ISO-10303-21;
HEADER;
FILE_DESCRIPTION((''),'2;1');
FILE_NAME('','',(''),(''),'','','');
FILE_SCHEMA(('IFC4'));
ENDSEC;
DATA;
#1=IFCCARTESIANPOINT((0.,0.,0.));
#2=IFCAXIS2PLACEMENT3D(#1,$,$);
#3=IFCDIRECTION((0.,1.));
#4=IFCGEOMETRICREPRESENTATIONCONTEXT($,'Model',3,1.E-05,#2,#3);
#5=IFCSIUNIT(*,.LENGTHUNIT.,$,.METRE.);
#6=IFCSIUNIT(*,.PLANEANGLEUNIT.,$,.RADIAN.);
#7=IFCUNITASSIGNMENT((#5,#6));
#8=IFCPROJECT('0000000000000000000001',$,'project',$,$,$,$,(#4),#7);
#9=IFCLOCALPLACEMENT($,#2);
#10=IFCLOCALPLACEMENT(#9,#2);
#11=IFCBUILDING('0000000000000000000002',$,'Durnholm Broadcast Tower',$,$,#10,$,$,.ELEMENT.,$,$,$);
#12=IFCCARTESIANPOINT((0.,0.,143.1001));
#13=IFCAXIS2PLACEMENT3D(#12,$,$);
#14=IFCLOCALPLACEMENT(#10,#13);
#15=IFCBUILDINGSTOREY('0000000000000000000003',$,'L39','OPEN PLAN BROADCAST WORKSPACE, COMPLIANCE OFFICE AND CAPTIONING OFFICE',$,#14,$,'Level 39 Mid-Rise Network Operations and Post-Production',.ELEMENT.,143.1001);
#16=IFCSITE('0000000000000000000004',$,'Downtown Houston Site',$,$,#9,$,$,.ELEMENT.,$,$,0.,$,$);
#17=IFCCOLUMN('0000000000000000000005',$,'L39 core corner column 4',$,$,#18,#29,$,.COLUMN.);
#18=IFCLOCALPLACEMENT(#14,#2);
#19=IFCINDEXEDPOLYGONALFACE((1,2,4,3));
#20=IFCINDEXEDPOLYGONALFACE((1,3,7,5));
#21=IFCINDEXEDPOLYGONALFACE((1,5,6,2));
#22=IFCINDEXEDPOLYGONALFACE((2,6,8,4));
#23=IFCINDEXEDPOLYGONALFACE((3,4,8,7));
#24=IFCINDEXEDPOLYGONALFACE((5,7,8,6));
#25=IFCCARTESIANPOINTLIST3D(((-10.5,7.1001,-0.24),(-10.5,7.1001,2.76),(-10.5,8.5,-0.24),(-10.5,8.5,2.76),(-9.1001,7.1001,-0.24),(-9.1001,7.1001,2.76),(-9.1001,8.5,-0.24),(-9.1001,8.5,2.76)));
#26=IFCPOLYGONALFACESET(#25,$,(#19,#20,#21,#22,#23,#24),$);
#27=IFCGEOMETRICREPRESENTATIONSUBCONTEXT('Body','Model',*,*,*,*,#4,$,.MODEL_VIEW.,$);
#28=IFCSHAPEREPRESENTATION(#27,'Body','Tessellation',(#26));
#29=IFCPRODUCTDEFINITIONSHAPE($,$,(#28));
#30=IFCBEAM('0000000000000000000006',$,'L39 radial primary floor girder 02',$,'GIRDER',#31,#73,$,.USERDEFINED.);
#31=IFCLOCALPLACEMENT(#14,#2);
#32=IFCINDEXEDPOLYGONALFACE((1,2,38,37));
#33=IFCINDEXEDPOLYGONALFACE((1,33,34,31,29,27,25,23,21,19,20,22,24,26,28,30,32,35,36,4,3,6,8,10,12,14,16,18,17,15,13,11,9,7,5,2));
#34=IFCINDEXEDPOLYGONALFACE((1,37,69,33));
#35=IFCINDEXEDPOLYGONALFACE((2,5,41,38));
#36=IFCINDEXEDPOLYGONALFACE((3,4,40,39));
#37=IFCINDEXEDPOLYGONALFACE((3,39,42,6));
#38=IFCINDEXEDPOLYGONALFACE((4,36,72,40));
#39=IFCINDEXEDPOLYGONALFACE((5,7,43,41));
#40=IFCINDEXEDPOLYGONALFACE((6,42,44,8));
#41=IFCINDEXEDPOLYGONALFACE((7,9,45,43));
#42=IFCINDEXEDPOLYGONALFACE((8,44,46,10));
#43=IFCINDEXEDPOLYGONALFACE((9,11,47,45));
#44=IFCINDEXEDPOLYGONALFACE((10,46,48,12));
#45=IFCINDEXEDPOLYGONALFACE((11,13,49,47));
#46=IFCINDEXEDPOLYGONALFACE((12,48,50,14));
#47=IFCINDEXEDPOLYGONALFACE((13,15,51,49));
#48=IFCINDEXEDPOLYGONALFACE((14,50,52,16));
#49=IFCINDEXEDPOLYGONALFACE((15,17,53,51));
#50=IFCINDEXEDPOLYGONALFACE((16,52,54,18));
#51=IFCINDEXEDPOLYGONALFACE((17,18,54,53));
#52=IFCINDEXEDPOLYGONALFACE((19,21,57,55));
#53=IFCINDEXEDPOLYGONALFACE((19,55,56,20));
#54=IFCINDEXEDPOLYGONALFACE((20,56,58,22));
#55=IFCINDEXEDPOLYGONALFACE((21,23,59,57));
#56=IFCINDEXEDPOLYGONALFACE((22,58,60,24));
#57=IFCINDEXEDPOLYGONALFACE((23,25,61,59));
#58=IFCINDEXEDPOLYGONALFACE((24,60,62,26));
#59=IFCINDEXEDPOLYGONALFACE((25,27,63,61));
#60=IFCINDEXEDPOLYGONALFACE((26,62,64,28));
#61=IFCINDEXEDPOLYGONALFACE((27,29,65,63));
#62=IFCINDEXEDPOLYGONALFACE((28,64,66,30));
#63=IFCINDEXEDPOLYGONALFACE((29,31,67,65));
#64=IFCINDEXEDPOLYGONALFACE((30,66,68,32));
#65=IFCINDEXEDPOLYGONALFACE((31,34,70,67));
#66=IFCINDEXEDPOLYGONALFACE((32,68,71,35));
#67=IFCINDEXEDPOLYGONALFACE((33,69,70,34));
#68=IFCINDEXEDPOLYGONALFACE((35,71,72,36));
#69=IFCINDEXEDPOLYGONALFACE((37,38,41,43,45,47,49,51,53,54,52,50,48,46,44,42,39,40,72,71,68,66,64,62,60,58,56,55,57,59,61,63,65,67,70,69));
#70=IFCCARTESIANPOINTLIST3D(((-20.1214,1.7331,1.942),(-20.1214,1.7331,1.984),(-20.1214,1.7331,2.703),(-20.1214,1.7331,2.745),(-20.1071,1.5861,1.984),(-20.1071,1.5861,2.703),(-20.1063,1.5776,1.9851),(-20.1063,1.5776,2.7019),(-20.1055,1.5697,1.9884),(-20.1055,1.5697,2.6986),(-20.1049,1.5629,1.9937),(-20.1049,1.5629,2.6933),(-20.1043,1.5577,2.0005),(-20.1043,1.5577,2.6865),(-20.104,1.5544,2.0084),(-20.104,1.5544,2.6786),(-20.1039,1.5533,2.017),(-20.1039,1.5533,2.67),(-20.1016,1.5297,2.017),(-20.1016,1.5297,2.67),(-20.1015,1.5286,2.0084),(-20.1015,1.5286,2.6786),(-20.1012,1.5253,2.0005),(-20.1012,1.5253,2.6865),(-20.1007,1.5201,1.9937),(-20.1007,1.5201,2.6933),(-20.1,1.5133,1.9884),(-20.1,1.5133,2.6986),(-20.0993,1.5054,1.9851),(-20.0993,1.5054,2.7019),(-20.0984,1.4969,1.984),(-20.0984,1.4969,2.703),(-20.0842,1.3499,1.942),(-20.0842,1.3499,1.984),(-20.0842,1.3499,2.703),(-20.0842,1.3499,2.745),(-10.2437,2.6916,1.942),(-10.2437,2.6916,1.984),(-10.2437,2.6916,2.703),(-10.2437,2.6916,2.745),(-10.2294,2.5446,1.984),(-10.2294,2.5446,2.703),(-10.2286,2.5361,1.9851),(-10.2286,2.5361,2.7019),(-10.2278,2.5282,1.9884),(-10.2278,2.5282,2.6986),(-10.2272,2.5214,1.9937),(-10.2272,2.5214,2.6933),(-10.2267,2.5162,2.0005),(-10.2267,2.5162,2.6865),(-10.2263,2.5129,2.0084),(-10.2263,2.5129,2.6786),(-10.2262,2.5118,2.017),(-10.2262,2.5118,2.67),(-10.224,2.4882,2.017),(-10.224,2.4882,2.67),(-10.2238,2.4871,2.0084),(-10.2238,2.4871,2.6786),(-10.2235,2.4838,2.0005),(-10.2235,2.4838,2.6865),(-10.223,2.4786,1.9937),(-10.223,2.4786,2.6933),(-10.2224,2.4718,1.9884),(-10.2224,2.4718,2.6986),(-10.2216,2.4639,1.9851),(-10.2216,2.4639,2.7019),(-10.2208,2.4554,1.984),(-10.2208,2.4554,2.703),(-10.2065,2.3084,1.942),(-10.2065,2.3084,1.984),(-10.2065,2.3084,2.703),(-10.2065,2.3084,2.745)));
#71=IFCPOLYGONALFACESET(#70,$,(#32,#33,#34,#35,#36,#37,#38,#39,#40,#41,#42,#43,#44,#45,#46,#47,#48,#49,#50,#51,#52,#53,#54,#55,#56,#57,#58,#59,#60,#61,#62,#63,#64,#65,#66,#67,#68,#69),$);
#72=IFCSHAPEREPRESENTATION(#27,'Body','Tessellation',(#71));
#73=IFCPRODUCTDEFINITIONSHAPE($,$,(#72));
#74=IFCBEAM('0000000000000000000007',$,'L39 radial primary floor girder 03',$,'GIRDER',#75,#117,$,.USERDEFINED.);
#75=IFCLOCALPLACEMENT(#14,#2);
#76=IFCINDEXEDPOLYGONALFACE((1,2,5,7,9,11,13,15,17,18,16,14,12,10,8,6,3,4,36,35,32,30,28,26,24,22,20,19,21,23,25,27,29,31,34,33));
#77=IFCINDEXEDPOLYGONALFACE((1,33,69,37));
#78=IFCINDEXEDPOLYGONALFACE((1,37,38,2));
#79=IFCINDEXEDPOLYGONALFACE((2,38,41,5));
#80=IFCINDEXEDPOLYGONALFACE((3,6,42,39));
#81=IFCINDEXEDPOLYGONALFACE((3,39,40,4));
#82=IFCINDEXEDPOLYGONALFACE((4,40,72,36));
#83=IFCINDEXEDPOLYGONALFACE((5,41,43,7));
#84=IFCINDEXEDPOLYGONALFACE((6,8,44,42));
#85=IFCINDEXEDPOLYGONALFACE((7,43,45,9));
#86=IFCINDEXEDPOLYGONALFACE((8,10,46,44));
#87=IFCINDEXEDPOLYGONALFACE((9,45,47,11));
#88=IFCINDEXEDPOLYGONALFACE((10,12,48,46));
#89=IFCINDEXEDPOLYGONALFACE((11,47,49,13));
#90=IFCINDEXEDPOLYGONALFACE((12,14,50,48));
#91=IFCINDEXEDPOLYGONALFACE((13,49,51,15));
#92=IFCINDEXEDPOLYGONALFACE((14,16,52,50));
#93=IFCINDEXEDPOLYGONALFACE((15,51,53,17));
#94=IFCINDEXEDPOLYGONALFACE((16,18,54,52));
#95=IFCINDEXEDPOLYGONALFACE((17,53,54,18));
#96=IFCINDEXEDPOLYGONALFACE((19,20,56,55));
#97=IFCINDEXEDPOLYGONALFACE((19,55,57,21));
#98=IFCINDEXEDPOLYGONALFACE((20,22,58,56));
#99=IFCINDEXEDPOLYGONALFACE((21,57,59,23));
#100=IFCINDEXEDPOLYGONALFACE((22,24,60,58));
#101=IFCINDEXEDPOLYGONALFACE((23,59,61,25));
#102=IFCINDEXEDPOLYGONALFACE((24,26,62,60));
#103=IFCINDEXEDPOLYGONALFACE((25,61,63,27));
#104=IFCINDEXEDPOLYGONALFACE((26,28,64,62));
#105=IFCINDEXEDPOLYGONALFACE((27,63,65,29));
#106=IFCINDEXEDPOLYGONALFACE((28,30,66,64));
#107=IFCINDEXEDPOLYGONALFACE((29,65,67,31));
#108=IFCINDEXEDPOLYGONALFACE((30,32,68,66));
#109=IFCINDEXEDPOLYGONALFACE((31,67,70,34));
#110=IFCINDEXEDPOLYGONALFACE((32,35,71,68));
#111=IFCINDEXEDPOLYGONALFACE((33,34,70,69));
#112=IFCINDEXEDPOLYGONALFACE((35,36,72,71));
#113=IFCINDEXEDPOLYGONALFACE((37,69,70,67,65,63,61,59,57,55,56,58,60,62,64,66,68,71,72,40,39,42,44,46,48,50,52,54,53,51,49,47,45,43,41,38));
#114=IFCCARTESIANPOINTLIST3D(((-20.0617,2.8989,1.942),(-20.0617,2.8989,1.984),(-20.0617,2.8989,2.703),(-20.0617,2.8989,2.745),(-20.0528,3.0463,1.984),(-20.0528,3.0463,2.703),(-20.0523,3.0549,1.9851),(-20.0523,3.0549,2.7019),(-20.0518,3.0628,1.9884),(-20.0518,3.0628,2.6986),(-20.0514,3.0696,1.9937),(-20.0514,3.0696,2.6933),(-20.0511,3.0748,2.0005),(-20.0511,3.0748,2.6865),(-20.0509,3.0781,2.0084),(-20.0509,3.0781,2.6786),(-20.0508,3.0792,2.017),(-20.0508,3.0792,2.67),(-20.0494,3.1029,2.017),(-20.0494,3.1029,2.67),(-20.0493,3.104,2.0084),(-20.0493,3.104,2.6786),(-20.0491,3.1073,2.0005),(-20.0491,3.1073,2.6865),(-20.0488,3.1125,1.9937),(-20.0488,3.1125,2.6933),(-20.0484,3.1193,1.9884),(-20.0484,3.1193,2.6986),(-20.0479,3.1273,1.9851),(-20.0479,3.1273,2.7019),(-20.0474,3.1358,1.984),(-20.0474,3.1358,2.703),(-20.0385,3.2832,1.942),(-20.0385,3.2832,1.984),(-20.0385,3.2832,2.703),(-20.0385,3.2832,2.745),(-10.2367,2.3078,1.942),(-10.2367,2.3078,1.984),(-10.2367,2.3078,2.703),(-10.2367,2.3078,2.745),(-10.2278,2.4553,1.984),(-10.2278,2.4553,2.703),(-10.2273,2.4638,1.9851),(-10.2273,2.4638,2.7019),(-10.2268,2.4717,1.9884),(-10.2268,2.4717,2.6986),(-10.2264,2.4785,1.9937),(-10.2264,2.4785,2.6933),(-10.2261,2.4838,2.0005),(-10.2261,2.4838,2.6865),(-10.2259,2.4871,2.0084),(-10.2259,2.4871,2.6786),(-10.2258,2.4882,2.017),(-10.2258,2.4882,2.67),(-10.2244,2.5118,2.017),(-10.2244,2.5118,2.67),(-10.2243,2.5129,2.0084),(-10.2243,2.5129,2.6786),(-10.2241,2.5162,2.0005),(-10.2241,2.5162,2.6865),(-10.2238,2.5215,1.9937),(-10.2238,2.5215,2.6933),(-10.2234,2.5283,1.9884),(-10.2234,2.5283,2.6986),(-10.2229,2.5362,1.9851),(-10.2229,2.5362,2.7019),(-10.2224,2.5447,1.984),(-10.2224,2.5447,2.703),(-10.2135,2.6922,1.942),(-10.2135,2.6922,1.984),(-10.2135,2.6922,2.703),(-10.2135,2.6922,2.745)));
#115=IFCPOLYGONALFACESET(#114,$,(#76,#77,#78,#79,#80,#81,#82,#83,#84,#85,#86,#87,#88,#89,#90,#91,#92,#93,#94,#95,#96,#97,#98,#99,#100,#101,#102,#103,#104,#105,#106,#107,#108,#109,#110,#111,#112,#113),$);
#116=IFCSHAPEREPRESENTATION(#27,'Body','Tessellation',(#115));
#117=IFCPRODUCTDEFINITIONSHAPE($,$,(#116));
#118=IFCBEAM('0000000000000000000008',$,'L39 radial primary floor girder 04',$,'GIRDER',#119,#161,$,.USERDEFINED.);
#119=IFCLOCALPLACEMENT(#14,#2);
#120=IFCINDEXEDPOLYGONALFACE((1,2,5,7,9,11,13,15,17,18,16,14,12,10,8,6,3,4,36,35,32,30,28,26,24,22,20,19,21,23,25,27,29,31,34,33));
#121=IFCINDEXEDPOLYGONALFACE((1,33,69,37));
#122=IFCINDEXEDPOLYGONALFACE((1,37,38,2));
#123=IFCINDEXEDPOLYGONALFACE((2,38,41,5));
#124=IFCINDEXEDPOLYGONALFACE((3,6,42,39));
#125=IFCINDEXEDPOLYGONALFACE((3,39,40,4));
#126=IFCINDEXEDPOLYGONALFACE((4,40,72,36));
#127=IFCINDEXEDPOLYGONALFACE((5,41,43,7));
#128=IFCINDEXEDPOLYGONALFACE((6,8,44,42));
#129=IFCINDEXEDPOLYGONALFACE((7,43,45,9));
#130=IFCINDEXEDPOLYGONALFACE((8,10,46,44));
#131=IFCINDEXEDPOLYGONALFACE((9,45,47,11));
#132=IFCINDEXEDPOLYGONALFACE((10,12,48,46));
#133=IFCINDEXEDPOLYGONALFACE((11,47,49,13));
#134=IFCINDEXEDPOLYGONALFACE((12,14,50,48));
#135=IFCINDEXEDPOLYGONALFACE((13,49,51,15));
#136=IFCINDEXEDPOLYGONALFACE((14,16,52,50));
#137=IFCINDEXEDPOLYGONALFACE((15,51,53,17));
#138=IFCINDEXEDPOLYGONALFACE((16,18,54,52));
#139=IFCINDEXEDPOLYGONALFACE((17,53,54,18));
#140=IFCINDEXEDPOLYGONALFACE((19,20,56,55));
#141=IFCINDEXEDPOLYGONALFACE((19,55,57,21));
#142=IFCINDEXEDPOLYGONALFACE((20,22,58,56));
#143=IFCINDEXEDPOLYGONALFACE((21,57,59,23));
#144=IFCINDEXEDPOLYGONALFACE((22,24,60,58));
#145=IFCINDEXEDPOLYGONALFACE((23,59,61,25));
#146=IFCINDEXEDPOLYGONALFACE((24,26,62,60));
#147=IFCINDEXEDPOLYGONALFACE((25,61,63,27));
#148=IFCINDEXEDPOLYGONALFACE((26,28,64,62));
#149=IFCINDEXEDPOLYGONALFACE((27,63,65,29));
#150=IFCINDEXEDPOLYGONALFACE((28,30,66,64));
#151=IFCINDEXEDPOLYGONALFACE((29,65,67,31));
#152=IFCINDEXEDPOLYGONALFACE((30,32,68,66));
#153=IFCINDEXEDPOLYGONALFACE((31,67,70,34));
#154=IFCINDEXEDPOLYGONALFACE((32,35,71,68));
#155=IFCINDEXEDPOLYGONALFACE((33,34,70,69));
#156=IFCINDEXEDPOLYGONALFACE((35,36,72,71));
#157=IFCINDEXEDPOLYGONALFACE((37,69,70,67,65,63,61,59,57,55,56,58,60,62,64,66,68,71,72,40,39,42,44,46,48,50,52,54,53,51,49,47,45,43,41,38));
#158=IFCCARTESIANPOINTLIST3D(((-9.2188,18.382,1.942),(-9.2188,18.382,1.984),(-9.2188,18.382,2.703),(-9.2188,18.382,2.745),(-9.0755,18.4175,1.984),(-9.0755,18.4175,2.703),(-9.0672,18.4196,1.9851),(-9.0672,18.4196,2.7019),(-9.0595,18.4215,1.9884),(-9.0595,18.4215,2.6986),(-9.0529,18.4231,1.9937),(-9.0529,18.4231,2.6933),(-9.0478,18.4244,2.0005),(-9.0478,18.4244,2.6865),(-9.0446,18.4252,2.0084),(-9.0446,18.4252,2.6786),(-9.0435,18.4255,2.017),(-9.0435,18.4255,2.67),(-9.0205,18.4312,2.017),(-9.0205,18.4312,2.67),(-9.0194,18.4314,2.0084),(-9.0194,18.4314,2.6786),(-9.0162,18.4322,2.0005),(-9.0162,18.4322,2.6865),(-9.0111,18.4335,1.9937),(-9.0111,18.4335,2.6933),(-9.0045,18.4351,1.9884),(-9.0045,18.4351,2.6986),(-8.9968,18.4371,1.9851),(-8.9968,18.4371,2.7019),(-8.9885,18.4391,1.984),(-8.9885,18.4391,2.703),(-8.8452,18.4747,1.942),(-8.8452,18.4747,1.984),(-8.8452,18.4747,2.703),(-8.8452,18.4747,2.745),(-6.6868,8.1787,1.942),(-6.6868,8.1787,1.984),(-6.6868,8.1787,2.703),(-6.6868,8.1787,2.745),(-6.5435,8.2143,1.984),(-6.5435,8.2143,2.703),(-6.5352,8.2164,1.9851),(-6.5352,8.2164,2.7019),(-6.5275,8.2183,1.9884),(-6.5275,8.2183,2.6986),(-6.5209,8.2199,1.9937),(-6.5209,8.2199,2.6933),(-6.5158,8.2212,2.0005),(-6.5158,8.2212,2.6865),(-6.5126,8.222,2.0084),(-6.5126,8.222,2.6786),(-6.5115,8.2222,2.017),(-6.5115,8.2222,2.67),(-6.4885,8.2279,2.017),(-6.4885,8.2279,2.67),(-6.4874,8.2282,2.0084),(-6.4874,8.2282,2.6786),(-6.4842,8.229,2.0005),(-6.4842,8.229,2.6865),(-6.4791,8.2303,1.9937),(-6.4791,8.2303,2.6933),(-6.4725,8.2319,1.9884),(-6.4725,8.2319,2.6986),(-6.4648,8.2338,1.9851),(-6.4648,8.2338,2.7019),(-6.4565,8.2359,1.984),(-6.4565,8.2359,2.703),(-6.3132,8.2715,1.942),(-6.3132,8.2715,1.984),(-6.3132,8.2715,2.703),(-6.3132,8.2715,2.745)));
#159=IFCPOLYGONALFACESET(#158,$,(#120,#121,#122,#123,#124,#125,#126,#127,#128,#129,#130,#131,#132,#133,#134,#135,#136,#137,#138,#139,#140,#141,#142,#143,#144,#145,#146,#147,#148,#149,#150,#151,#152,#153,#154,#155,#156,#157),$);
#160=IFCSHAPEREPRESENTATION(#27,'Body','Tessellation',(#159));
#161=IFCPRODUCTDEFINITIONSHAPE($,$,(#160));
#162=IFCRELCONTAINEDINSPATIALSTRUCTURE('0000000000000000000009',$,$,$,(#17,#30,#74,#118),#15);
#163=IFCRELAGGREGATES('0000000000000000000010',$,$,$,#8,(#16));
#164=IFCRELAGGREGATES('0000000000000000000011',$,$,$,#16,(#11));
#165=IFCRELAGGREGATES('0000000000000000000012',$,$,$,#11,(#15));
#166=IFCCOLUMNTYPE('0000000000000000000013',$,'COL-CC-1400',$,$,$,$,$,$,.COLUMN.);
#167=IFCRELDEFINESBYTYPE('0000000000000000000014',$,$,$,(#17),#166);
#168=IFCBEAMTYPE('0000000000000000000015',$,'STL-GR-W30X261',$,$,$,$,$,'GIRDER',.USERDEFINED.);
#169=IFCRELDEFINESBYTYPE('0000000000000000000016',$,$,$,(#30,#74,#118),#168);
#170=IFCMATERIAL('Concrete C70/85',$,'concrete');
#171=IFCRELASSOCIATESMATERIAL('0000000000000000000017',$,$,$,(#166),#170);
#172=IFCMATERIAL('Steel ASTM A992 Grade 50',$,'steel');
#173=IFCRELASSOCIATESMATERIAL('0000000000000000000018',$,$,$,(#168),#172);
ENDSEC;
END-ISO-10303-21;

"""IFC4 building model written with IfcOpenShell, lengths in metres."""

from ifc_helpers import new_model, si_unit, direction, frame, origin, origin_2d, place, context, subcontext, project, spatial, rectangle, i_section, extrude, source, transform, mapped, material, material_profile, profile_set, type_object, type_shapes, element, save


model = new_model("IFC4")

# Units and contexts
model_context = context("Model", 3, precision=1e-05, world=origin(), true_north=direction((0.0, 1.0)))
body_context = subcontext(model_context, "Body", "Model", "MODEL_VIEW")
ifc_project = project(units=[si_unit("LENGTHUNIT", "METRE"), si_unit("PLANEANGLEUNIT", "RADIAN")], contexts=[model_context])

# Site, building, storey
site_placement = place(None, origin())
site = spatial("IfcSite", under=ifc_project, at=site_placement, Name="Downtown Houston Site", CompositionType="ELEMENT", RefElevation=0.0)
building_placement = place(site_placement, origin())
building = spatial("IfcBuilding", under=site, at=building_placement, Name="Durnholm Broadcast Tower", CompositionType="ELEMENT")
storey_placement = place(building_placement, frame((0.0, 0.0, 143.1001)))
storey = spatial("IfcBuildingStorey", under=building, at=storey_placement, Name="L39", Description="OPEN PLAN BROADCAST WORKSPACE, COMPLIANCE OFFICE AND CAPTIONING OFFICE", LongName="Level 39 Mid-Rise Network Operations and Post-Production", CompositionType="ELEMENT", Elevation=143.1001)

# Column
ifc_material_1 = material(Name="Concrete C70/85", Category="concrete")
ifc_material_profile_1 = material_profile(ifc_material_1, rectangle(XDim=1.3999, YDim=1.3999, at=origin_2d()), Name="RC1400X1400")
ifc_profile_set_1 = profile_set([ifc_material_profile_1], Name="Concrete C70/85")
column_type = type_object("IfcColumnType", Name="COL-CC-1400", PredefinedType="COLUMN", material=ifc_profile_set_1)
shared_shape_1 = source(origin(), body_context, "Body", "SweptSolid", [
    extrude(rectangle(XDim=1.3999, YDim=1.3999, at=origin_2d()), origin(), (0.0, 0.0, 1.0), 3.0),
])
type_shapes(column_type, [shared_shape_1])
column_placement = place(storey_placement, frame((-9.8, 7.8, -0.24), z_axis=(0.0, 0.0, 1.0), x_axis=(1.0, 0.0, 0.0)))
element("IfcColumn", 1, at=column_placement, inside=storey, type_object=column_type, Name="L39 core corner column 4", PredefinedType="COLUMN", context=body_context, shape_type="MappedRepresentation", body=[
    mapped(shared_shape_1, transform((0.0, 0.0, 0.0), x_axis=(1.0, 0.0, 0.0), y_axis=(0.0, 1.0, 0.0), z_axis=(0.0, 0.0, 1.0), scale=1.0)),
])

# Beams
ifc_material_2 = material(Name="Steel ASTM A992 Grade 50", Category="steel")
ifc_material_profile_2 = material_profile(ifc_material_2, i_section(OverallWidth=0.385, OverallDepth=0.803, WebThickness=0.0237, FlangeThickness=0.042, FilletRadius=0.033, at=origin_2d()), Name="W30X261")
ifc_profile_set_2 = profile_set([ifc_material_profile_2], Name="Steel ASTM A992 Grade 50")
beam_type_1 = type_object("IfcBeamType", Name="STL-GR-W30X261", ElementType="GIRDER", PredefinedType="USERDEFINED", material=ifc_profile_set_2)
shared_shape_2 = source(origin(), body_context, "Body", "SweptSolid", [
    extrude(i_section(OverallWidth=0.385, OverallDepth=0.803, WebThickness=0.0237, FlangeThickness=0.042, FilletRadius=0.033, at=origin_2d()), origin(), (0.0, 0.0, 1.0), 9.9241),
])
beam_1_placement = place(storey_placement, frame((-10.2251, 2.5, 2.3435), z_axis=(-0.995325, -0.096583, 0.0), x_axis=(0.096583, -0.995325, 0.0)))
element("IfcBeam", 2, at=beam_1_placement, inside=storey, type_object=beam_type_1, Name="L39 radial primary floor girder 02", ObjectType="GIRDER", PredefinedType="USERDEFINED", context=body_context, shape_type="MappedRepresentation", body=[
    mapped(shared_shape_2, transform((0.0, 0.0, 0.0), x_axis=(1.0, 0.0, 0.0), y_axis=(0.0, 1.0, 0.0), z_axis=(0.0, 0.0, 1.0), scale=1.0)),
])
shared_shape_3 = source(origin(), body_context, "Body", "SweptSolid", [
    extrude(i_section(OverallWidth=0.385, OverallDepth=0.803, WebThickness=0.0237, FlangeThickness=0.042, FilletRadius=0.033, at=origin_2d()), origin(), (0.0, 0.0, 1.0), 9.8428),
])
beam_2_placement = place(storey_placement, frame((-10.2251, 2.5, 2.3435), z_axis=(-0.998195, 0.060051, 0.0), x_axis=(-0.060051, -0.998195, 0.0)))
element("IfcBeam", 3, at=beam_2_placement, inside=storey, type_object=beam_type_1, Name="L39 radial primary floor girder 03", ObjectType="GIRDER", PredefinedType="USERDEFINED", context=body_context, shape_type="MappedRepresentation", body=[
    mapped(shared_shape_3, transform((0.0, 0.0, 0.0), x_axis=(1.0, 0.0, 0.0), y_axis=(0.0, 1.0, 0.0), z_axis=(0.0, 0.0, 1.0), scale=1.0)),
])
shared_shape_4 = source(origin(), body_context, "Body", "SweptSolid", [
    extrude(i_section(OverallWidth=0.385, OverallDepth=0.803, WebThickness=0.0237, FlangeThickness=0.042, FilletRadius=0.033, at=origin_2d()), origin(), (0.0, 0.0, 1.0), 10.5127),
])
beam_3_placement = place(storey_placement, frame((-6.5, 8.2251, 2.3435), z_axis=(-0.240852, 0.970562, 0.0), x_axis=(-0.970562, -0.240852, 0.0)))
element("IfcBeam", 4, at=beam_3_placement, inside=storey, type_object=beam_type_1, Name="L39 radial primary floor girder 04", ObjectType="GIRDER", PredefinedType="USERDEFINED", context=body_context, shape_type="MappedRepresentation", body=[
    mapped(shared_shape_4, transform((0.0, 0.0, 0.0), x_axis=(1.0, 0.0, 0.0), y_axis=(0.0, 1.0, 0.0), z_axis=(0.0, 0.0, 1.0), scale=1.0)),
])

save(model, "model.ifc")
